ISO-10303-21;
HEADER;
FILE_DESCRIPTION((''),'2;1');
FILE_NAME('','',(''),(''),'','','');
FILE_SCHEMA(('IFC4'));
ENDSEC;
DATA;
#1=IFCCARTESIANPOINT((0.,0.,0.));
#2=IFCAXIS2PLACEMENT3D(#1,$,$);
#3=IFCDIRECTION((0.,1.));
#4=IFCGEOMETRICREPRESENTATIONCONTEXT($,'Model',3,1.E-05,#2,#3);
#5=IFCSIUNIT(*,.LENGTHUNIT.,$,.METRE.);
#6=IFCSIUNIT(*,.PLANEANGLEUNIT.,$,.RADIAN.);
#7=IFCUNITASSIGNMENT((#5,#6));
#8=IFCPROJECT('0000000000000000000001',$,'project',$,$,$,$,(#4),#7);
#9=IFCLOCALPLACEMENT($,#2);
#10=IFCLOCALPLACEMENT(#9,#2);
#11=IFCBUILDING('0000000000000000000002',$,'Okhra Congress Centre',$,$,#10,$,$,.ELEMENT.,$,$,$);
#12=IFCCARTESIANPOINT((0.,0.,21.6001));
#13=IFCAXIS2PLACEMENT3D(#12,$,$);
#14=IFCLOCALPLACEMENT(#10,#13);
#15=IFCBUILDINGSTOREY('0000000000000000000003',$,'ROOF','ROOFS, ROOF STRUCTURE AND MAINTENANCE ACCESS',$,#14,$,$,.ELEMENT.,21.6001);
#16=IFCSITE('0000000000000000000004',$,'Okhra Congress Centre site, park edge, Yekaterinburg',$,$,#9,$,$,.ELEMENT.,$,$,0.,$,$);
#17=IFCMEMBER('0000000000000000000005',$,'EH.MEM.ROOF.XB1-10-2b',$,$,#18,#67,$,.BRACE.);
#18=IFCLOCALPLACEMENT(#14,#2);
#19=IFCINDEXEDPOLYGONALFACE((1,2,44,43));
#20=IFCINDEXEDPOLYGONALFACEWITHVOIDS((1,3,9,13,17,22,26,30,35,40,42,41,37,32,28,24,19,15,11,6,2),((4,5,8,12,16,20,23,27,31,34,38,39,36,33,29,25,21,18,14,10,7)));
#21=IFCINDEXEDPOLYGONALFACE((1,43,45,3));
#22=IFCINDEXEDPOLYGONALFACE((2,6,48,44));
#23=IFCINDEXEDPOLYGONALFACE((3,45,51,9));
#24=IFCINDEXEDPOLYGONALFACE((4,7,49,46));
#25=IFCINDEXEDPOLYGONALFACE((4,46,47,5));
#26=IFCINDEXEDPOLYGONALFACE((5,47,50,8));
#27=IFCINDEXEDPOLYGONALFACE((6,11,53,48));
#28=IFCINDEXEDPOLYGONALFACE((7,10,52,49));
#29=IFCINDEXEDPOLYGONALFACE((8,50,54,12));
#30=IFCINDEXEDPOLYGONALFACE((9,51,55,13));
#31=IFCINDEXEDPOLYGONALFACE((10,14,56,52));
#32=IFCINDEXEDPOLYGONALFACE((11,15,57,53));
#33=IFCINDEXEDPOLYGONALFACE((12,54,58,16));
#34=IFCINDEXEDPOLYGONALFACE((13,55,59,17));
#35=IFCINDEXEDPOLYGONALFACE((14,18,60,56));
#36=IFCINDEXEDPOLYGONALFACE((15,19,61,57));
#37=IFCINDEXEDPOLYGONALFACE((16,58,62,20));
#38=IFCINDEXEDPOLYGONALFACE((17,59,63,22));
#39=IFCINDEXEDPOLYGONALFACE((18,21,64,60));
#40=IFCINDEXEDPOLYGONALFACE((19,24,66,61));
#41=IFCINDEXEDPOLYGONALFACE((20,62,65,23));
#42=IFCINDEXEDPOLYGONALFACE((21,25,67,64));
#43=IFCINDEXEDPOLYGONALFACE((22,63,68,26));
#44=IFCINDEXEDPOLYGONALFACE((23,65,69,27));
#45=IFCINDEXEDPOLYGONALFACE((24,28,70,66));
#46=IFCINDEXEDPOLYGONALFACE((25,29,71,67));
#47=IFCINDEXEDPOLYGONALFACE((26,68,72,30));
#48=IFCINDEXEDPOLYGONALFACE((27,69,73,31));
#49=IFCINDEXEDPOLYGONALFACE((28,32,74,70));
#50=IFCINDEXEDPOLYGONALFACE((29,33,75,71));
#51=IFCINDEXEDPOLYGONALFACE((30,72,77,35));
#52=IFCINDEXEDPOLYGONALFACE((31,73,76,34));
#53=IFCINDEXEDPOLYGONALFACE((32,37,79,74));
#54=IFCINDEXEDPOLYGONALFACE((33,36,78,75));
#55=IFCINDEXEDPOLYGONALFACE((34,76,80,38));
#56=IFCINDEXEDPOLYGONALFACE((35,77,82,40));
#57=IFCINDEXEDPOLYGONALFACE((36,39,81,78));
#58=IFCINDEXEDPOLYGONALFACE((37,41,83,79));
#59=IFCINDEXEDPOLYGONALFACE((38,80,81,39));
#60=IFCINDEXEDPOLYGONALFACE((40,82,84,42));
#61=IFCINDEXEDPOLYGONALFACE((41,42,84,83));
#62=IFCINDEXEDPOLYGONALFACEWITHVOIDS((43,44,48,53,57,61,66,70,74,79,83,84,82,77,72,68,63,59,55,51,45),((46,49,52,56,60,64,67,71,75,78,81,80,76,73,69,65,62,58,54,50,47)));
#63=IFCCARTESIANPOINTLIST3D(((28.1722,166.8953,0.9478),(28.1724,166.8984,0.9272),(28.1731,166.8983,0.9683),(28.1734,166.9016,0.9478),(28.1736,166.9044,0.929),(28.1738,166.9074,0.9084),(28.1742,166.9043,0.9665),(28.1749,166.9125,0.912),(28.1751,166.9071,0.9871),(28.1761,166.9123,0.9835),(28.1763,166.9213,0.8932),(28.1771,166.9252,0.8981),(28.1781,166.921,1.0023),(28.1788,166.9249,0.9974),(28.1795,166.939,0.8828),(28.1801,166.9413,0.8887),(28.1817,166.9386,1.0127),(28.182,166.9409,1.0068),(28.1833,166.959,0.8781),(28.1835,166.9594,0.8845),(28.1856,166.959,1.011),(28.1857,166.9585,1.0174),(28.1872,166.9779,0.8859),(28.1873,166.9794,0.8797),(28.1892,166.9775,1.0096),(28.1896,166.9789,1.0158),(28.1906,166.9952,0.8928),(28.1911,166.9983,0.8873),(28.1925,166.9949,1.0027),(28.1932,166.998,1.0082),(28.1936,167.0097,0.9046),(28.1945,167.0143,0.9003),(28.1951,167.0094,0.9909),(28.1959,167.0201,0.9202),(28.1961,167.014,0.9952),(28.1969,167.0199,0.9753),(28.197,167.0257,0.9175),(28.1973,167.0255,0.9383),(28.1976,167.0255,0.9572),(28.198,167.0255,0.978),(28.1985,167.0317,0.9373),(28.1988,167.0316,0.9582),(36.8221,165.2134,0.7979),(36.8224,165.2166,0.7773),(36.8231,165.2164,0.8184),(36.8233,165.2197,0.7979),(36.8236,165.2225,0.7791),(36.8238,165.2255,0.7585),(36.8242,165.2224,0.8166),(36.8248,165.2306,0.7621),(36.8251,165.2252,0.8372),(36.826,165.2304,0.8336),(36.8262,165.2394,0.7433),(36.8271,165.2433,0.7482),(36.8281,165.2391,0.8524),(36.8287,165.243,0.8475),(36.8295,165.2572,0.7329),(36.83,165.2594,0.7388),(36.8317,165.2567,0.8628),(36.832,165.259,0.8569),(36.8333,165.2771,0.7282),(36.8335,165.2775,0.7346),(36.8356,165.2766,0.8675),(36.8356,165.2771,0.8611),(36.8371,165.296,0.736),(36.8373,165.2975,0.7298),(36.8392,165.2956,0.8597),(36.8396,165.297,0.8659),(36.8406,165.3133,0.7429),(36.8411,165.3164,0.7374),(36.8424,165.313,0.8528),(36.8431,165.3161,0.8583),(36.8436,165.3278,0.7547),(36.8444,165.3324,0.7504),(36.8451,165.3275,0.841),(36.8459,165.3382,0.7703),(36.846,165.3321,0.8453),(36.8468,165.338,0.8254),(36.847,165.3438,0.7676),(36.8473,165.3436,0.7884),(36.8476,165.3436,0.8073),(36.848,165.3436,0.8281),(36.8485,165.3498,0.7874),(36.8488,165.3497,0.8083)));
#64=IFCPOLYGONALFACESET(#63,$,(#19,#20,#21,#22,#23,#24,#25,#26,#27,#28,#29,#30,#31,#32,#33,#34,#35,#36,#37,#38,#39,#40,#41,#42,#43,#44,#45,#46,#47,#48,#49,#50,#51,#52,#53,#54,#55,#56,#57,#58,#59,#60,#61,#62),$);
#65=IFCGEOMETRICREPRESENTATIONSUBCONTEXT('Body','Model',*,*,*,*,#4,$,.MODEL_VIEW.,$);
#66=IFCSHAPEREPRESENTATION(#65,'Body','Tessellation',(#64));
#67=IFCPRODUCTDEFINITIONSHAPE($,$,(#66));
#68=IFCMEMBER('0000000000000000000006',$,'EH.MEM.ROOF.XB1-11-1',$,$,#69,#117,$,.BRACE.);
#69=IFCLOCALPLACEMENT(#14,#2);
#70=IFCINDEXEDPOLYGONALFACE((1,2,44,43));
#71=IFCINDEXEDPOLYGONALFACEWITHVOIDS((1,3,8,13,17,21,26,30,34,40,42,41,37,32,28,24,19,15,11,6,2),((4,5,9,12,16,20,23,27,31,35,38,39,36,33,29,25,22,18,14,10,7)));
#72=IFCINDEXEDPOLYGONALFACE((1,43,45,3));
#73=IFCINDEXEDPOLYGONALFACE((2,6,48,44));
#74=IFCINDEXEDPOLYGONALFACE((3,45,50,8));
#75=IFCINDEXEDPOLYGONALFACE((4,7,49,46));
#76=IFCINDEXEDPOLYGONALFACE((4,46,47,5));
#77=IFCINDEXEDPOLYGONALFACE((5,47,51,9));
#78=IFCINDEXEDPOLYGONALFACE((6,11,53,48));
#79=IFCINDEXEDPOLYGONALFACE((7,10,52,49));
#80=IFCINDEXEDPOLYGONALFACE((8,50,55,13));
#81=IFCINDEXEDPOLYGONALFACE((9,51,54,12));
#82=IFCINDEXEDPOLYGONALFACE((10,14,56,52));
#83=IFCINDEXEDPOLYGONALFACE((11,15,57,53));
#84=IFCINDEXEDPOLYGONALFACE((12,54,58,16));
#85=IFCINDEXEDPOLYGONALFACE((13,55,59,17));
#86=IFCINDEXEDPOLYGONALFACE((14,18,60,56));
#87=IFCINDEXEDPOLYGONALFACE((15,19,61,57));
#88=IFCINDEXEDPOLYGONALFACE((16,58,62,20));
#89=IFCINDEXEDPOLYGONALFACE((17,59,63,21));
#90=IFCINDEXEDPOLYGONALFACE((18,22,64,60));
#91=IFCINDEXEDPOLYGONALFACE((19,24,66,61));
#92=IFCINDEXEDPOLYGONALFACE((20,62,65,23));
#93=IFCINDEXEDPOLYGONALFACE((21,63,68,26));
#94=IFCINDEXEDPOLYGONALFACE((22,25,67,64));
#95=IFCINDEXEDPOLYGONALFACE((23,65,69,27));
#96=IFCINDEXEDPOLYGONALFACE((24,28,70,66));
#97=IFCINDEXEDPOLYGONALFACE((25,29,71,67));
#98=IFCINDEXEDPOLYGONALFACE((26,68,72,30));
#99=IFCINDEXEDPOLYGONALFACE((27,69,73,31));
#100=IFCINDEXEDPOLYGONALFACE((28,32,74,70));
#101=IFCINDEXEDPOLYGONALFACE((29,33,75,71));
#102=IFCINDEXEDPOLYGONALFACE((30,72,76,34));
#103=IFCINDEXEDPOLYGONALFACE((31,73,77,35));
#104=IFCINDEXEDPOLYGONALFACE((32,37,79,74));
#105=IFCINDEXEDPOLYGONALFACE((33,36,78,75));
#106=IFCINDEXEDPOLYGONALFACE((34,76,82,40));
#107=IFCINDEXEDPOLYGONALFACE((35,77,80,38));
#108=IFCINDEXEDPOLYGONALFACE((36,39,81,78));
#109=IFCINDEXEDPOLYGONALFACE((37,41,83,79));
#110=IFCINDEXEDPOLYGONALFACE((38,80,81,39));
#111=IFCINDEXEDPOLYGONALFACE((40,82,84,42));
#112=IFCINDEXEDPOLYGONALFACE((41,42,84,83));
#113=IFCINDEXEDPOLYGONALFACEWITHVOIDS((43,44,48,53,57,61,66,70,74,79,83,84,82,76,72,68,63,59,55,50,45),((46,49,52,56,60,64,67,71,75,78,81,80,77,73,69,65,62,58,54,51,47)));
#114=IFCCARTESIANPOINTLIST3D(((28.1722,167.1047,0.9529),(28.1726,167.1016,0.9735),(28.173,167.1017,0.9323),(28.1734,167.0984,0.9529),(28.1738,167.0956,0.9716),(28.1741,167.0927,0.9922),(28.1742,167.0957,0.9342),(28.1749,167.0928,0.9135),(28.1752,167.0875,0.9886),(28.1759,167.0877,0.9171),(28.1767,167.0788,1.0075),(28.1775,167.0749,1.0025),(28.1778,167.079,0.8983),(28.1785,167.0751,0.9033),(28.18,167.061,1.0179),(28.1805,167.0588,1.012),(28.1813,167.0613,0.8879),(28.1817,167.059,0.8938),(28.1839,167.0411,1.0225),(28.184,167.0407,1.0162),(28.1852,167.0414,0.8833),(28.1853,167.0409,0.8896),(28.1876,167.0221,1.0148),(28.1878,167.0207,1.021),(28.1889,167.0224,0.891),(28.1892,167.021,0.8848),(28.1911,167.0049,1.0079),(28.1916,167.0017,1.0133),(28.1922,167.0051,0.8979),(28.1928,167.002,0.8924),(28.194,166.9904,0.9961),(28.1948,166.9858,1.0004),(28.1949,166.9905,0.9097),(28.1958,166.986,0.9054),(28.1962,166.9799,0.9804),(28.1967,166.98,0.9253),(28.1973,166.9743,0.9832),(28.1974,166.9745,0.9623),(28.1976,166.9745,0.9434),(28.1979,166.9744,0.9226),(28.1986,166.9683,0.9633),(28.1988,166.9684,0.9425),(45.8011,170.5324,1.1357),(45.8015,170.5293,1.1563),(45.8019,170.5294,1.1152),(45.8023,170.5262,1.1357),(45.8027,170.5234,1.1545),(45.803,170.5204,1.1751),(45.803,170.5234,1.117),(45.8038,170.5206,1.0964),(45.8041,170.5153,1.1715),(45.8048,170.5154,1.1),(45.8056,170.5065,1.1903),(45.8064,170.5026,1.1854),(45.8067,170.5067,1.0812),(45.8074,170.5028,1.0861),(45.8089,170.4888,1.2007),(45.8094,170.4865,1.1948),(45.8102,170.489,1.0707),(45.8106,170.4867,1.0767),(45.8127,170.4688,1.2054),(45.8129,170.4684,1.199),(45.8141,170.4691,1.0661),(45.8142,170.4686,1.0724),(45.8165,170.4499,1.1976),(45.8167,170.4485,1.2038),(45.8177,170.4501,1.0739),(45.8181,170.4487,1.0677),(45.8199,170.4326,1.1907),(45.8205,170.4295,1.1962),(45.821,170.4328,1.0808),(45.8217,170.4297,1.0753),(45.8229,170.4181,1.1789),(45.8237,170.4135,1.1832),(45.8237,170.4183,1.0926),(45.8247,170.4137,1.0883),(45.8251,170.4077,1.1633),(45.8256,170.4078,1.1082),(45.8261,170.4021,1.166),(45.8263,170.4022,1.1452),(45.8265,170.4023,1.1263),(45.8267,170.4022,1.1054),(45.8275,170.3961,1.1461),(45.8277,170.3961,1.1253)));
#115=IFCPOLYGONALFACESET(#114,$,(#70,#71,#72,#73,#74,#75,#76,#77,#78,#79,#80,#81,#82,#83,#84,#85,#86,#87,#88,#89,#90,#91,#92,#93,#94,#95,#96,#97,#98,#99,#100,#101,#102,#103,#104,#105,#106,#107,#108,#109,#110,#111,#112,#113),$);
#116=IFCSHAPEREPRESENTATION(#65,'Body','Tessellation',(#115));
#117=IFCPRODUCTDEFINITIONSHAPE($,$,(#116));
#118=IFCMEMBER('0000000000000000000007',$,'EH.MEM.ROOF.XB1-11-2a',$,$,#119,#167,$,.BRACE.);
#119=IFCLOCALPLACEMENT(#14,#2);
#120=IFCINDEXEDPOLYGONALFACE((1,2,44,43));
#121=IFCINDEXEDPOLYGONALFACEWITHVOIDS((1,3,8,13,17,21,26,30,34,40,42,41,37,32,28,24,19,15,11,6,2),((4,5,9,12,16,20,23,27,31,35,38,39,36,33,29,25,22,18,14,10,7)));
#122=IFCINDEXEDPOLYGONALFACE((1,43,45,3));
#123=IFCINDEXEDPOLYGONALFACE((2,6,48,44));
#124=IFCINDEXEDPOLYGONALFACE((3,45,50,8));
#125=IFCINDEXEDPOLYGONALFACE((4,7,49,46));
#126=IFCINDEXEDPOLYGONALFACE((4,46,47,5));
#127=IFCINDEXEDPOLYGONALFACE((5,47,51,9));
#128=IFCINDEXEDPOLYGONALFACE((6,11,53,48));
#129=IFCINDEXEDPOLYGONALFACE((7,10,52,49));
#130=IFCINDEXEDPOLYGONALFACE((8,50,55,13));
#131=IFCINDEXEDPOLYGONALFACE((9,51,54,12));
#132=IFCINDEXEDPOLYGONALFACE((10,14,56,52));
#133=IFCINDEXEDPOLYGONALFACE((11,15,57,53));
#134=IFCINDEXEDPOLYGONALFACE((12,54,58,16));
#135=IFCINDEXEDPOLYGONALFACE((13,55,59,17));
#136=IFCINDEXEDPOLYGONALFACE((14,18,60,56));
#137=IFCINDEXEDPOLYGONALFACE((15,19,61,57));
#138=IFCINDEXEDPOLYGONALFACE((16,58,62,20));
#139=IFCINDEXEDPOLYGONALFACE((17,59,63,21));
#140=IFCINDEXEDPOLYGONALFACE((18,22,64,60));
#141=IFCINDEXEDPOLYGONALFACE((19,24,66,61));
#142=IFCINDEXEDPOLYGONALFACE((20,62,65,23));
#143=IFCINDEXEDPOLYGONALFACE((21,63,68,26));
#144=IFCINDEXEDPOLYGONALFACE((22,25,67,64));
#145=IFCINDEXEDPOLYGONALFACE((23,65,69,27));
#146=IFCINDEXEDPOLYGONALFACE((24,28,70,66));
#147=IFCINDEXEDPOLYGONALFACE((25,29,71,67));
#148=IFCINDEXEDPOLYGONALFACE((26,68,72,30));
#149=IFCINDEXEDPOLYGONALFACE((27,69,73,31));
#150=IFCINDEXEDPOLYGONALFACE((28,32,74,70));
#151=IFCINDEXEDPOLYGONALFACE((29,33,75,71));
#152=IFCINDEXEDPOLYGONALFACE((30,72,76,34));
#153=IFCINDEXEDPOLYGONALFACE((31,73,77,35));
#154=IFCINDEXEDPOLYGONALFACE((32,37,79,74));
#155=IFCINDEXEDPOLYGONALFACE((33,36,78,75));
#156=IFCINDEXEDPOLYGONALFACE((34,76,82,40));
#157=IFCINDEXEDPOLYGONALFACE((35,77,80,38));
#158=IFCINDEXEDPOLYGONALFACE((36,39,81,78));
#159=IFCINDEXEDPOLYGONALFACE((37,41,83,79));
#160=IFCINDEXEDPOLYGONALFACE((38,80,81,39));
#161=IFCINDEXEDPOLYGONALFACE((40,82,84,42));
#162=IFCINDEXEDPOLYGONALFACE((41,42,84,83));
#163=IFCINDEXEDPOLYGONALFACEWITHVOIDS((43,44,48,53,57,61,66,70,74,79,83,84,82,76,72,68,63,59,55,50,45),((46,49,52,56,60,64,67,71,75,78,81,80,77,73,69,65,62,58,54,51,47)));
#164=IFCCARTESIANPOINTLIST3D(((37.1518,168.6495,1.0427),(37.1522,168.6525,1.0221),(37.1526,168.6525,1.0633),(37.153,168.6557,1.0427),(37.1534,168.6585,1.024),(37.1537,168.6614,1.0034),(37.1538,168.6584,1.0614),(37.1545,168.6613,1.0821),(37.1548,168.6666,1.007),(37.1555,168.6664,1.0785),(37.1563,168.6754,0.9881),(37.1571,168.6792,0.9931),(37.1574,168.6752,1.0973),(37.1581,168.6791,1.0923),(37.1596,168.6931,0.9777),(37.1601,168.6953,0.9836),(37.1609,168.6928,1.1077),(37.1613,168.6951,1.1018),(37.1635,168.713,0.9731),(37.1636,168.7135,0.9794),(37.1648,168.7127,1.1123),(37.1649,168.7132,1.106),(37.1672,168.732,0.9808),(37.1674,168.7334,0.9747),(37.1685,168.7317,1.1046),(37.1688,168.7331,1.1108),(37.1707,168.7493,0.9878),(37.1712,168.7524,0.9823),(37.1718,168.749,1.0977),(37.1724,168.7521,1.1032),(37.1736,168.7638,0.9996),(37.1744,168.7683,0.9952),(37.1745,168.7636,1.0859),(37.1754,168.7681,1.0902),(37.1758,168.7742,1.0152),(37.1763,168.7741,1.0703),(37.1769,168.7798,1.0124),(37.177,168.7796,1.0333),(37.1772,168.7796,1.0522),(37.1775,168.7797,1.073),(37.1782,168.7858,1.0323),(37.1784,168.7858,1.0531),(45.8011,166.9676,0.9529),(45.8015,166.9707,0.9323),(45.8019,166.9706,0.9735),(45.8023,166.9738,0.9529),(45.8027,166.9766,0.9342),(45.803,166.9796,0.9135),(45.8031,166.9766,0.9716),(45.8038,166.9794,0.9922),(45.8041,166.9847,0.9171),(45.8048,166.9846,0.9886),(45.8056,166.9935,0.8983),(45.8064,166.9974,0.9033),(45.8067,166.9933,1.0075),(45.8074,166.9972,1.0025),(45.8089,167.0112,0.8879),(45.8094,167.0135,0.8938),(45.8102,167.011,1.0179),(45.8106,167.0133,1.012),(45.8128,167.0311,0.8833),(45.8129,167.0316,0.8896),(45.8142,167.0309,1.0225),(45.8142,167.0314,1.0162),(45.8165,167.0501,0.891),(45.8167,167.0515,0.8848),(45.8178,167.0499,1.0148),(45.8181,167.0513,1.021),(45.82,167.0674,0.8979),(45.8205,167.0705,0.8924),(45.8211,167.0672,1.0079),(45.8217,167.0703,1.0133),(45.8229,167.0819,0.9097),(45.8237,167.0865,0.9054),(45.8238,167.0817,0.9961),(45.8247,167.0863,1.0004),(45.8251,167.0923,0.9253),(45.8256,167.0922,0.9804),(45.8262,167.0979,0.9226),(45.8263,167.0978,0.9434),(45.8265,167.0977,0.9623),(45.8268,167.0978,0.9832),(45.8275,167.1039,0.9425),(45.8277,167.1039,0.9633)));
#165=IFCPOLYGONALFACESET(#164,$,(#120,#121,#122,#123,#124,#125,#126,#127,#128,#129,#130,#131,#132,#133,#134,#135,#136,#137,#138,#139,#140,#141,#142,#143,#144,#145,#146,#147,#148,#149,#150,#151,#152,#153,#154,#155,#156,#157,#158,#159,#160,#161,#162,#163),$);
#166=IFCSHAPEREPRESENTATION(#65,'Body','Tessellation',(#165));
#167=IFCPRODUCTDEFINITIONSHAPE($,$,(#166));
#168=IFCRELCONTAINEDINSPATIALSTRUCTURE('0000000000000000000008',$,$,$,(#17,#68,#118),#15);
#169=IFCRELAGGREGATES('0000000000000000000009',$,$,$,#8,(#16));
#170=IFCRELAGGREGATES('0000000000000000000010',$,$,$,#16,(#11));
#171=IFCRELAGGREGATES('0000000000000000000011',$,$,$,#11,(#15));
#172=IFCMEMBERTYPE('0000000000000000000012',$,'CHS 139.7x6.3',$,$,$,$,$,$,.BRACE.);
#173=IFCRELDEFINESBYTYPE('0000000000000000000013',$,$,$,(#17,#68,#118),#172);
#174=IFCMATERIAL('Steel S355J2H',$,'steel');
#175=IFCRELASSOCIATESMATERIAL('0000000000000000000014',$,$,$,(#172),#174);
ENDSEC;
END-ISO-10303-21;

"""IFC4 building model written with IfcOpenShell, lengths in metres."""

from ifc_helpers import new_model, si_unit, direction, frame, origin, origin_2d, place, context, subcontext, project, spatial, hollow_circle, extrude, material, material_profile, profile_set, type_object, element, save


model = new_model("IFC4")

# Units and contexts
model_context = context("Model", 3, precision=1e-05, world=origin(), true_north=direction((0.0, 1.0)))
body_context = subcontext(model_context, "Body", "Model", "MODEL_VIEW")
ifc_project = project(units=[si_unit("LENGTHUNIT", "METRE"), si_unit("PLANEANGLEUNIT", "RADIAN")], contexts=[model_context])

# Site, building, storey
site_placement = place(None, origin())
site = spatial("IfcSite", under=ifc_project, at=site_placement, Name="Okhra Congress Centre site, park edge, Yekaterinburg", CompositionType="ELEMENT", RefElevation=0.0)
building_placement = place(site_placement, origin())
building = spatial("IfcBuilding", under=site, at=building_placement, Name="Okhra Congress Centre", CompositionType="ELEMENT")
storey_placement = place(building_placement, frame((0.0, 0.0, 21.6001)))
storey = spatial("IfcBuildingStorey", under=building, at=storey_placement, Name="ROOF", Description="ROOFS, ROOF STRUCTURE AND MAINTENANCE ACCESS", CompositionType="ELEMENT", Elevation=21.6001)

# Members
ifc_material_1 = material(Name="Steel S355J2H", Category="steel")
ifc_material_profile_1 = material_profile(ifc_material_1, hollow_circle(Radius=0.0698, WallThickness=0.0063, at=origin_2d()), Name="CHS 139.7x6.3")
ifc_profile_set_1 = profile_set([ifc_material_profile_1], Name="Steel S355J2H")
member_type_1 = type_object("IfcMemberType", Name="CHS 139.7x6.3", PredefinedType="BRACE", material=ifc_profile_set_1)
for number, where, z_axis, x_axis, name in (
    (1, (36.8354, 165.282, 0.7979), (-0.981474, 0.190838, 0.017009), (-0.190865, -0.981616, 0.0), "EH.MEM.ROOF.XB1-10-2b"),
):
    element("IfcMember", number, at=place(storey_placement, frame(where, z_axis=z_axis, x_axis=x_axis)), inside=storey, type_object=member_type_1, Name=name, PredefinedType="BRACE", context=body_context, shape_type="SweptSolid", body=[
        extrude(hollow_circle(Radius=0.0698, WallThickness=0.0063, at=origin_2d()), origin(), (0.0, 0.0, 1.0), 8.8132),
    ])
member_1_placement = place(storey_placement, frame((28.1855, 167.0361, 0.9529), z_axis=(0.981566, 0.190854, 0.010182), x_axis=(-0.190864, 0.981617, 0.0)))
element("IfcMember", 2, at=member_1_placement, inside=storey, type_object=member_type_1, Name="EH.MEM.ROOF.XB1-11-1", PredefinedType="BRACE", context=body_context, shape_type="SweptSolid", body=[
    extrude(hollow_circle(Radius=0.0698, WallThickness=0.0063, at=origin_2d()), origin(), (0.0, 0.0, 1.0), 17.96),
])
for number, where, z_axis, x_axis, name in (
    (3, (45.8145, 167.0361, 0.9529), (-0.981563, 0.190866, 0.010196), (-0.190876, -0.981614, 0.0), "EH.MEM.ROOF.XB1-11-2a"),
):
    element("IfcMember", number, at=place(storey_placement, frame(where, z_axis=z_axis, x_axis=x_axis)), inside=storey, type_object=member_type_1, Name=name, PredefinedType="BRACE", context=body_context, shape_type="SweptSolid", body=[
        extrude(hollow_circle(Radius=0.0698, WallThickness=0.0063, at=origin_2d()), origin(), (0.0, 0.0, 1.0), 8.8118),
    ])

save(model, "model.ifc")
